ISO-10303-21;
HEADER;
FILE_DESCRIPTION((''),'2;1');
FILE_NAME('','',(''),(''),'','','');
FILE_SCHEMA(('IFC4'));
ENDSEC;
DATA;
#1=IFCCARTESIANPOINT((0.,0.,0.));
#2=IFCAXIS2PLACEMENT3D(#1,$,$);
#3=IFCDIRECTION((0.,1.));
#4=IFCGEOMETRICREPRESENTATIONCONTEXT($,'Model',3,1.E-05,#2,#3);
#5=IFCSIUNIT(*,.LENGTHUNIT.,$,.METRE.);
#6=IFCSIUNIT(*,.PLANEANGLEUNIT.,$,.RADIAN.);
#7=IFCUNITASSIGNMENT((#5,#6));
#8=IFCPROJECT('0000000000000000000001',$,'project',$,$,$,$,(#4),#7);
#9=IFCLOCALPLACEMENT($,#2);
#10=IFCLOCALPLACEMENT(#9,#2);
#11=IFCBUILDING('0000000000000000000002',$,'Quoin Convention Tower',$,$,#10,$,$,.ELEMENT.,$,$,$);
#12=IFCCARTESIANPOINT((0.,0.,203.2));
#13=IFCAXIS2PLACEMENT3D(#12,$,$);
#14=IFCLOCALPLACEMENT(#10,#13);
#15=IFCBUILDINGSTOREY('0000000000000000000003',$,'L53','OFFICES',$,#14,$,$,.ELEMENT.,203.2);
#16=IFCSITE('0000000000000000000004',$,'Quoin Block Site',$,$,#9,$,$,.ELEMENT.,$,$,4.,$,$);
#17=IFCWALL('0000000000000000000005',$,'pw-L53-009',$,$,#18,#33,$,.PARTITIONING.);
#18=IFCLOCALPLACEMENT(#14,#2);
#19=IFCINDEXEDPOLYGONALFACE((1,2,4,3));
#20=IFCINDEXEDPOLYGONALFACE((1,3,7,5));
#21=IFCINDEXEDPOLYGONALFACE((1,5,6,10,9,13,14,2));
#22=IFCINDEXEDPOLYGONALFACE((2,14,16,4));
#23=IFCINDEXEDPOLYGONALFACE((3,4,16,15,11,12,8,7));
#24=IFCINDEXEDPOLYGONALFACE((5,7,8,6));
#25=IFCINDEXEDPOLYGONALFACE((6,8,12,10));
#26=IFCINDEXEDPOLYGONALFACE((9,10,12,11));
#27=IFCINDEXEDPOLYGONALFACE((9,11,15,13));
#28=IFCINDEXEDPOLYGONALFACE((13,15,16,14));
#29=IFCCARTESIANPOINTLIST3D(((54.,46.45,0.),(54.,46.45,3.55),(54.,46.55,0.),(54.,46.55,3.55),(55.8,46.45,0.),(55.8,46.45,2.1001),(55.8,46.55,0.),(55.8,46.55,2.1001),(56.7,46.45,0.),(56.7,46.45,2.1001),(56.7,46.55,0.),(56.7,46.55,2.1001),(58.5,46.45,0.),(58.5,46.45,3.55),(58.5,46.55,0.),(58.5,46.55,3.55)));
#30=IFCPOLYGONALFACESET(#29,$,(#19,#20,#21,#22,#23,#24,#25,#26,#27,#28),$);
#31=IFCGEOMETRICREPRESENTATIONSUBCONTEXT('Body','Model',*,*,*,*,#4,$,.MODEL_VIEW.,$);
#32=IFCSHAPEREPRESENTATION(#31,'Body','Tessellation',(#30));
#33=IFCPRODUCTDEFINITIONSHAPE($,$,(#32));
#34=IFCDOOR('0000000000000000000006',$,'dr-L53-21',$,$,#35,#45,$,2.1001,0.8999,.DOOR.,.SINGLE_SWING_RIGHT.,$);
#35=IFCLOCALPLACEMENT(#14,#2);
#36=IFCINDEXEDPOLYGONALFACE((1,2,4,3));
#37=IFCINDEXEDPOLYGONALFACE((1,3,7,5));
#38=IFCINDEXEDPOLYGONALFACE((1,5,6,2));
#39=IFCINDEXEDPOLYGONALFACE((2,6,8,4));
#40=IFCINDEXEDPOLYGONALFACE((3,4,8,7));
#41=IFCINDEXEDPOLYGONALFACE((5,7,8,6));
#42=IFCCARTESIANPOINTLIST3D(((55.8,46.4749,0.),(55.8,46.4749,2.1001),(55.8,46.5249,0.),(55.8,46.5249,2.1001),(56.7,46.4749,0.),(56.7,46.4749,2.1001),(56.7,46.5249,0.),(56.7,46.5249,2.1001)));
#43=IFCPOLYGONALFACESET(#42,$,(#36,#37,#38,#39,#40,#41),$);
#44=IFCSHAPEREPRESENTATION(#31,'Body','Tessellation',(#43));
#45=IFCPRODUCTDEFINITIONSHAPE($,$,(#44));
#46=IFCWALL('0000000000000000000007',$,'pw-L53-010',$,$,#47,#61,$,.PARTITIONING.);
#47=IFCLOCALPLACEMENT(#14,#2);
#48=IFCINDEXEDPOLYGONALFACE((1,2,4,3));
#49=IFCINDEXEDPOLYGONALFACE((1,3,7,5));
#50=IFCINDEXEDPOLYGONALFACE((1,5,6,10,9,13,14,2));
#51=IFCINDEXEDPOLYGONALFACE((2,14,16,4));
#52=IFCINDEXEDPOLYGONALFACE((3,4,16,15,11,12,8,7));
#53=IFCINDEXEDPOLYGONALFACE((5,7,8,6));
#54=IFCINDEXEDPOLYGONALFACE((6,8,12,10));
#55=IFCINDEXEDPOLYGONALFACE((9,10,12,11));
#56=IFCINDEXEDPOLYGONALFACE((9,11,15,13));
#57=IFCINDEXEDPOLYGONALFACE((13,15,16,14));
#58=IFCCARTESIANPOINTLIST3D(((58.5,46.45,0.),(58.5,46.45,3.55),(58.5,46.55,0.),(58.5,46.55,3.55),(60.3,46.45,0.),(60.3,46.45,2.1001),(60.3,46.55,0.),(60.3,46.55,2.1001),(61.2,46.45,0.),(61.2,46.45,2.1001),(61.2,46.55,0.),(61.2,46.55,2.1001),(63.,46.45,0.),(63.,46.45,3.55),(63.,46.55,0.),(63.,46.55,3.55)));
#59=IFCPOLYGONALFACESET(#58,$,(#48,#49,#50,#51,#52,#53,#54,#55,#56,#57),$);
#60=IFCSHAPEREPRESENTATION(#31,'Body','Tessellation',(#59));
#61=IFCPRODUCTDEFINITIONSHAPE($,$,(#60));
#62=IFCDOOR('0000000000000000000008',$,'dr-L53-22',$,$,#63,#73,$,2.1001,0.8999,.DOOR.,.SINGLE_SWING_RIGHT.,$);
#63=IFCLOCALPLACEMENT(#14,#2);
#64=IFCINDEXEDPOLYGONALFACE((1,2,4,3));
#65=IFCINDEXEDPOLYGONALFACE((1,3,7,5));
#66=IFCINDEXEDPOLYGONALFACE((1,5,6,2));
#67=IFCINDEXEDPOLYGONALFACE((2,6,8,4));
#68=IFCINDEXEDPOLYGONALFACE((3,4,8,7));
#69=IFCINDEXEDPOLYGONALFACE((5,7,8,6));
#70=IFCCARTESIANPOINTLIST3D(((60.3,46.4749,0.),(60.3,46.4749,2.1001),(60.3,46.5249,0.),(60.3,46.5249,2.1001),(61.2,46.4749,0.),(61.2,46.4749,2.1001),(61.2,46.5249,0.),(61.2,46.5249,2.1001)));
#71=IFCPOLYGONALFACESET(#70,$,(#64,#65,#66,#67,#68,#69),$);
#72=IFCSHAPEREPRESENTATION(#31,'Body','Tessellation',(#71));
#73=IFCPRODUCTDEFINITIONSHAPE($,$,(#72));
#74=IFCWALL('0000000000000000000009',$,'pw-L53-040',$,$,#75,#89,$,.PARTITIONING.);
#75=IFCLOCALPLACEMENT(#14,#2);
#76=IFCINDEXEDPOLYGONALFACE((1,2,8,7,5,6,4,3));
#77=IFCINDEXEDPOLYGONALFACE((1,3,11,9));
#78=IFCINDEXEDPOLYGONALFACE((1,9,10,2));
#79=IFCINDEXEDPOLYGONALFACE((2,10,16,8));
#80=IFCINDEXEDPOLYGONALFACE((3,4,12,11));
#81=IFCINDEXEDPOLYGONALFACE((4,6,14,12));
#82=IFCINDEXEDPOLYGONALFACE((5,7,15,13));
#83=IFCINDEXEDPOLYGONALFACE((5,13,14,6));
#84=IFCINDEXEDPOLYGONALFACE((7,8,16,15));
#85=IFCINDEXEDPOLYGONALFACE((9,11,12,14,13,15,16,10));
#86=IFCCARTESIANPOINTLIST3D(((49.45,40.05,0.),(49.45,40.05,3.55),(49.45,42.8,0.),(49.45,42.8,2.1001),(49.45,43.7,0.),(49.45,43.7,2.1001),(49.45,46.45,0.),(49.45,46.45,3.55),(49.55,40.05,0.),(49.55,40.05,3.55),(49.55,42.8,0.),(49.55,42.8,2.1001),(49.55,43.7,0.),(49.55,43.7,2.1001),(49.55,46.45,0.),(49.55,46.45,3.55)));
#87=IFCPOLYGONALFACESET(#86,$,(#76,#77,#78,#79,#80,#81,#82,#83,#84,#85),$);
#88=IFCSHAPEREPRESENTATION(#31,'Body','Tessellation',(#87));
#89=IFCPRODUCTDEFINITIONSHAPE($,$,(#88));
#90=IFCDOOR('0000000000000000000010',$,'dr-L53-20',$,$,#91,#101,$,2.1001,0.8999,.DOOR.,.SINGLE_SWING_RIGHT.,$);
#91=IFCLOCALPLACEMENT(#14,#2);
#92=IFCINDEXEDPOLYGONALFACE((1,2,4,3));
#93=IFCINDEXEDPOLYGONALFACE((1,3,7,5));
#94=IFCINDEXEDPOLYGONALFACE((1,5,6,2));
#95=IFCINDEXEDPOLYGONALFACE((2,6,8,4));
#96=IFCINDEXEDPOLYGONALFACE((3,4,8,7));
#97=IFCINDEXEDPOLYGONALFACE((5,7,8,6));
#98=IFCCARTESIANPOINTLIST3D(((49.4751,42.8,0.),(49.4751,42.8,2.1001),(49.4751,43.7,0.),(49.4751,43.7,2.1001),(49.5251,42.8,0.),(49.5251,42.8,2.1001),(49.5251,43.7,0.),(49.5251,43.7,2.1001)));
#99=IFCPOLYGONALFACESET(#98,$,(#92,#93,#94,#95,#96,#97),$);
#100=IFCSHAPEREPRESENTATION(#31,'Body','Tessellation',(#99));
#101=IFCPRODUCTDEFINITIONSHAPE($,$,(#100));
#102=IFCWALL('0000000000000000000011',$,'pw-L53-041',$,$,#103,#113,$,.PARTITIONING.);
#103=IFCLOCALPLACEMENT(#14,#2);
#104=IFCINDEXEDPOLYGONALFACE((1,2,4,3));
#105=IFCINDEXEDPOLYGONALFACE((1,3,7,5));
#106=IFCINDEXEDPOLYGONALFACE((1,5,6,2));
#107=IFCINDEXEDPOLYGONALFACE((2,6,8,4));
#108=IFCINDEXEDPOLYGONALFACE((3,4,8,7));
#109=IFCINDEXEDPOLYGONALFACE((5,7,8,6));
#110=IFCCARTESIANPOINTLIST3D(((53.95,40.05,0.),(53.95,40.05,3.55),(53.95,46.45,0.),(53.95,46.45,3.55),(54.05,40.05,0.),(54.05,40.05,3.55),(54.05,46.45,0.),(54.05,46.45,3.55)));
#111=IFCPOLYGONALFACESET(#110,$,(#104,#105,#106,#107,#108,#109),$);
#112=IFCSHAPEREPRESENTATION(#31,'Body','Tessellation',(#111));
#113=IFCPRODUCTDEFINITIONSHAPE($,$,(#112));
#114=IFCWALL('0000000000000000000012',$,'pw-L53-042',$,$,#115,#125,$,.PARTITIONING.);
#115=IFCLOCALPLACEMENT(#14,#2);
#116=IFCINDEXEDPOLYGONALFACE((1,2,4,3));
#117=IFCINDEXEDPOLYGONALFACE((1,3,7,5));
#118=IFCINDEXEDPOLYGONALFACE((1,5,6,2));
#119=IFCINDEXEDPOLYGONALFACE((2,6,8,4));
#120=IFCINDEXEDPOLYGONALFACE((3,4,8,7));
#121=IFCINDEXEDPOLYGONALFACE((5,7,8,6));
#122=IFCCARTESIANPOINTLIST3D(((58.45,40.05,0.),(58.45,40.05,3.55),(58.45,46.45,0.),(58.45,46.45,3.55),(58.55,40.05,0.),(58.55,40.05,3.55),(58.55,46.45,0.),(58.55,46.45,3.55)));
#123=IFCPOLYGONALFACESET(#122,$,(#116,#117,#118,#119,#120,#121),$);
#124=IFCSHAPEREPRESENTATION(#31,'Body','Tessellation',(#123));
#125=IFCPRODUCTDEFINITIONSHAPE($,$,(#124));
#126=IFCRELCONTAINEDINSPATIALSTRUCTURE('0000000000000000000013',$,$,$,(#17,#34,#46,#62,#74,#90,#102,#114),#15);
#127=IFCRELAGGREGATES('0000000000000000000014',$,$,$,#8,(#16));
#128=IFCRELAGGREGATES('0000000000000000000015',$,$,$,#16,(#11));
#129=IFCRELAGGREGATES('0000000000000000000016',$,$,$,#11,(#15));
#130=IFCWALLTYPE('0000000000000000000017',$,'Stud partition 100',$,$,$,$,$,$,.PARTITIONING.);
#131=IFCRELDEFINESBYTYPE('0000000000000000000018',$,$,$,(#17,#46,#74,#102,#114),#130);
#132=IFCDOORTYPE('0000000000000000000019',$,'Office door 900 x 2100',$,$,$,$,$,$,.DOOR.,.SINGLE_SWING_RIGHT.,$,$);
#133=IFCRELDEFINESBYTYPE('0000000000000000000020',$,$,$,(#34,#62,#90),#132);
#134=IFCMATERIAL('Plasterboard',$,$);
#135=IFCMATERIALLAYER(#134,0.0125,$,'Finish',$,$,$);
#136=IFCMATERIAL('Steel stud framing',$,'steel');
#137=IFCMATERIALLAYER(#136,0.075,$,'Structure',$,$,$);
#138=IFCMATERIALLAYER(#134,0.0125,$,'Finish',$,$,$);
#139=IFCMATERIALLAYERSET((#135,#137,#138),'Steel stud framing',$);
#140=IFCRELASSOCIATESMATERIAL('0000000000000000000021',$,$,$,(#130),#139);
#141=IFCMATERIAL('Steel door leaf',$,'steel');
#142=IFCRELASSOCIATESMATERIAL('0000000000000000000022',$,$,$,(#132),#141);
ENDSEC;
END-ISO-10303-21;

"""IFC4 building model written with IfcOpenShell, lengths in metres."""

from ifc_helpers import new_model, si_unit, direction, frame, frame_2d, origin, place, context, subcontext, project, spatial, rectangle, extrude, material, layer, layer_set, type_object, element, fill, save


model = new_model("IFC4")

# Units and contexts
model_context = context("Model", 3, precision=1e-05, world=origin(), true_north=direction((0.0, 1.0)))
body_context = subcontext(model_context, "Body", "Model", "MODEL_VIEW")
ifc_project = project(units=[si_unit("LENGTHUNIT", "METRE"), si_unit("PLANEANGLEUNIT", "RADIAN")], contexts=[model_context])

# Site, building, storey
site_placement = place(None, origin())
site = spatial("IfcSite", under=ifc_project, at=site_placement, Name="Quoin Block Site", CompositionType="ELEMENT", RefElevation=4.0)
building_placement = place(site_placement, origin())
building = spatial("IfcBuilding", under=site, at=building_placement, Name="Quoin Convention Tower", CompositionType="ELEMENT")
storey_placement = place(building_placement, frame((0.0, 0.0, 203.2)))
storey = spatial("IfcBuildingStorey", under=building, at=storey_placement, Name="L53", Description="OFFICES", CompositionType="ELEMENT", Elevation=203.2)

# Shared definitions
ifc_material_1 = material(Name="Plasterboard")
ifc_material_2 = material(Name="Steel stud framing", Category="steel")
ifc_layer_1 = layer(ifc_material_1, 0.0125, Name="Finish")
ifc_layer_2 = layer(ifc_material_2, 0.075, Name="Structure")
ifc_layer_3 = layer(ifc_material_1, 0.0125, Name="Finish")
ifc_layer_set_1 = layer_set([ifc_layer_1, ifc_layer_2, ifc_layer_3], Name="Steel stud framing")
wall_type_1 = type_object("IfcWallType", Name="Stud partition 100", PredefinedType="PARTITIONING", material=ifc_layer_set_1)

# Walls, openings, doors
wall_1_placement = place(storey_placement, frame((54.0, 46.5, 0.0), z_axis=(0.0, 0.0, 1.0), x_axis=(1.0, 0.0, 0.0)))
wall_1 = element("IfcWall", 1, at=wall_1_placement, inside=storey, type_object=wall_type_1, Name="pw-L53-009", PredefinedType="PARTITIONING", context=body_context, shape_type="SweptSolid", body=[
    extrude(rectangle(XDim=4.5, YDim=0.1001, at=frame_2d((2.25, 0.0))), origin(), (0.0, 0.0, 1.0), 3.55),
])
opening_1_placement = place(wall_1_placement, frame((1.8, 0.0, 0.0)))
opening_1 = element("IfcOpeningElement", 2, at=opening_1_placement, cuts=wall_1, PredefinedType="OPENING", context=body_context, shape_type="SweptSolid", body=[
    extrude(rectangle(XDim=0.8999, YDim=2.1001, at=frame_2d((0.45, 1.05))), frame((0.0, 0.0601, 0.0), z_axis=(0.0, -1.0, 0.0), x_axis=(1.0, 0.0, 0.0)), (0.0, 0.0, 1.0), 0.1201),
])
ifc_material_3 = material(Name="Steel door leaf", Category="steel")
door_type = type_object("IfcDoorType", Name="Office door 900 x 2100", OperationType="SINGLE_SWING_RIGHT", PredefinedType="DOOR", material=ifc_material_3)
door_1_placement = place(opening_1_placement, origin())
door_1 = element("IfcDoor", 3, at=door_1_placement, inside=storey, type_object=door_type, Name="dr-L53-21", OperationType="SINGLE_SWING_RIGHT", OverallHeight=2.1001, OverallWidth=0.8999, PredefinedType="DOOR", context=body_context, shape_type="SweptSolid", body=[
    extrude(rectangle(XDim=0.8999, YDim=2.1001, at=frame_2d((0.45, 1.05))), frame((0.0, 0.0249, 0.0), z_axis=(0.0, -1.0, 0.0), x_axis=(1.0, 0.0, 0.0)), (0.0, 0.0, 1.0), 0.05),
])
fill(opening_1, door_1)
wall_2_placement = place(storey_placement, frame((58.5, 46.5, 0.0), z_axis=(0.0, 0.0, 1.0), x_axis=(1.0, 0.0, 0.0)))
wall_2 = element("IfcWall", 4, at=wall_2_placement, inside=storey, type_object=wall_type_1, Name="pw-L53-010", PredefinedType="PARTITIONING", context=body_context, shape_type="SweptSolid", body=[
    extrude(rectangle(XDim=4.5, YDim=0.1001, at=frame_2d((2.25, 0.0))), origin(), (0.0, 0.0, 1.0), 3.55),
])
opening_2_placement = place(wall_2_placement, frame((1.8, 0.0, 0.0)))
opening_2 = element("IfcOpeningElement", 5, at=opening_2_placement, cuts=wall_2, PredefinedType="OPENING", context=body_context, shape_type="SweptSolid", body=[
    extrude(rectangle(XDim=0.8999, YDim=2.1001, at=frame_2d((0.45, 1.05))), frame((0.0, 0.0601, 0.0), z_axis=(0.0, -1.0, 0.0), x_axis=(1.0, 0.0, 0.0)), (0.0, 0.0, 1.0), 0.1201),
])
door_2_placement = place(opening_2_placement, origin())
door_2 = element("IfcDoor", 6, at=door_2_placement, inside=storey, type_object=door_type, Name="dr-L53-22", OperationType="SINGLE_SWING_RIGHT", OverallHeight=2.1001, OverallWidth=0.8999, PredefinedType="DOOR", context=body_context, shape_type="SweptSolid", body=[
    extrude(rectangle(XDim=0.8999, YDim=2.1001, at=frame_2d((0.45, 1.05))), frame((0.0, 0.0249, 0.0), z_axis=(0.0, -1.0, 0.0), x_axis=(1.0, 0.0, 0.0)), (0.0, 0.0, 1.0), 0.05),
])
fill(opening_2, door_2)
wall_3_placement = place(storey_placement, frame((49.5, 40.05, 0.0), z_axis=(0.0, 0.0, 1.0), x_axis=(0.0, 1.0, 0.0)))
wall_3 = element("IfcWall", 7, at=wall_3_placement, inside=storey, type_object=wall_type_1, Name="pw-L53-040", PredefinedType="PARTITIONING", context=body_context, shape_type="SweptSolid", body=[
    extrude(rectangle(XDim=6.3999, YDim=0.1001, at=frame_2d((3.2, 0.0))), origin(), (0.0, 0.0, 1.0), 3.55),
])
opening_3_placement = place(wall_3_placement, frame((2.75, 0.0, 0.0)))
opening_3 = element("IfcOpeningElement", 8, at=opening_3_placement, cuts=wall_3, PredefinedType="OPENING", context=body_context, shape_type="SweptSolid", body=[
    extrude(rectangle(XDim=0.8999, YDim=2.1001, at=frame_2d((0.45, 1.05))), frame((0.0, 0.0601, 0.0), z_axis=(0.0, -1.0, 0.0), x_axis=(1.0, 0.0, 0.0)), (0.0, 0.0, 1.0), 0.1201),
])
door_3_placement = place(opening_3_placement, origin())
door_3 = element("IfcDoor", 9, at=door_3_placement, inside=storey, type_object=door_type, Name="dr-L53-20", OperationType="SINGLE_SWING_RIGHT", OverallHeight=2.1001, OverallWidth=0.8999, PredefinedType="DOOR", context=body_context, shape_type="SweptSolid", body=[
    extrude(rectangle(XDim=0.8999, YDim=2.1001, at=frame_2d((0.45, 1.05))), frame((0.0, 0.0249, 0.0), z_axis=(0.0, -1.0, 0.0), x_axis=(1.0, 0.0, 0.0)), (0.0, 0.0, 1.0), 0.05),
])
fill(opening_3, door_3)

# Walls
for number, where, z_axis, x_axis, name in (
    (10, (54.0, 40.05, 0.0), (0.0, 0.0, 1.0), (0.0, 1.0, 0.0), "pw-L53-041"),
    (11, (58.5, 40.05, 0.0), (0.0, 0.0, 1.0), (0.0, 1.0, 0.0), "pw-L53-042"),
):
    element("IfcWall", number, at=place(storey_placement, frame(where, z_axis=z_axis, x_axis=x_axis)), inside=storey, type_object=wall_type_1, Name=name, PredefinedType="PARTITIONING", context=body_context, shape_type="SweptSolid", body=[
        extrude(rectangle(XDim=6.3999, YDim=0.1001, at=frame_2d((3.2, 0.0))), origin(), (0.0, 0.0, 1.0), 3.55),
    ])

save(model, "model.ifc")
